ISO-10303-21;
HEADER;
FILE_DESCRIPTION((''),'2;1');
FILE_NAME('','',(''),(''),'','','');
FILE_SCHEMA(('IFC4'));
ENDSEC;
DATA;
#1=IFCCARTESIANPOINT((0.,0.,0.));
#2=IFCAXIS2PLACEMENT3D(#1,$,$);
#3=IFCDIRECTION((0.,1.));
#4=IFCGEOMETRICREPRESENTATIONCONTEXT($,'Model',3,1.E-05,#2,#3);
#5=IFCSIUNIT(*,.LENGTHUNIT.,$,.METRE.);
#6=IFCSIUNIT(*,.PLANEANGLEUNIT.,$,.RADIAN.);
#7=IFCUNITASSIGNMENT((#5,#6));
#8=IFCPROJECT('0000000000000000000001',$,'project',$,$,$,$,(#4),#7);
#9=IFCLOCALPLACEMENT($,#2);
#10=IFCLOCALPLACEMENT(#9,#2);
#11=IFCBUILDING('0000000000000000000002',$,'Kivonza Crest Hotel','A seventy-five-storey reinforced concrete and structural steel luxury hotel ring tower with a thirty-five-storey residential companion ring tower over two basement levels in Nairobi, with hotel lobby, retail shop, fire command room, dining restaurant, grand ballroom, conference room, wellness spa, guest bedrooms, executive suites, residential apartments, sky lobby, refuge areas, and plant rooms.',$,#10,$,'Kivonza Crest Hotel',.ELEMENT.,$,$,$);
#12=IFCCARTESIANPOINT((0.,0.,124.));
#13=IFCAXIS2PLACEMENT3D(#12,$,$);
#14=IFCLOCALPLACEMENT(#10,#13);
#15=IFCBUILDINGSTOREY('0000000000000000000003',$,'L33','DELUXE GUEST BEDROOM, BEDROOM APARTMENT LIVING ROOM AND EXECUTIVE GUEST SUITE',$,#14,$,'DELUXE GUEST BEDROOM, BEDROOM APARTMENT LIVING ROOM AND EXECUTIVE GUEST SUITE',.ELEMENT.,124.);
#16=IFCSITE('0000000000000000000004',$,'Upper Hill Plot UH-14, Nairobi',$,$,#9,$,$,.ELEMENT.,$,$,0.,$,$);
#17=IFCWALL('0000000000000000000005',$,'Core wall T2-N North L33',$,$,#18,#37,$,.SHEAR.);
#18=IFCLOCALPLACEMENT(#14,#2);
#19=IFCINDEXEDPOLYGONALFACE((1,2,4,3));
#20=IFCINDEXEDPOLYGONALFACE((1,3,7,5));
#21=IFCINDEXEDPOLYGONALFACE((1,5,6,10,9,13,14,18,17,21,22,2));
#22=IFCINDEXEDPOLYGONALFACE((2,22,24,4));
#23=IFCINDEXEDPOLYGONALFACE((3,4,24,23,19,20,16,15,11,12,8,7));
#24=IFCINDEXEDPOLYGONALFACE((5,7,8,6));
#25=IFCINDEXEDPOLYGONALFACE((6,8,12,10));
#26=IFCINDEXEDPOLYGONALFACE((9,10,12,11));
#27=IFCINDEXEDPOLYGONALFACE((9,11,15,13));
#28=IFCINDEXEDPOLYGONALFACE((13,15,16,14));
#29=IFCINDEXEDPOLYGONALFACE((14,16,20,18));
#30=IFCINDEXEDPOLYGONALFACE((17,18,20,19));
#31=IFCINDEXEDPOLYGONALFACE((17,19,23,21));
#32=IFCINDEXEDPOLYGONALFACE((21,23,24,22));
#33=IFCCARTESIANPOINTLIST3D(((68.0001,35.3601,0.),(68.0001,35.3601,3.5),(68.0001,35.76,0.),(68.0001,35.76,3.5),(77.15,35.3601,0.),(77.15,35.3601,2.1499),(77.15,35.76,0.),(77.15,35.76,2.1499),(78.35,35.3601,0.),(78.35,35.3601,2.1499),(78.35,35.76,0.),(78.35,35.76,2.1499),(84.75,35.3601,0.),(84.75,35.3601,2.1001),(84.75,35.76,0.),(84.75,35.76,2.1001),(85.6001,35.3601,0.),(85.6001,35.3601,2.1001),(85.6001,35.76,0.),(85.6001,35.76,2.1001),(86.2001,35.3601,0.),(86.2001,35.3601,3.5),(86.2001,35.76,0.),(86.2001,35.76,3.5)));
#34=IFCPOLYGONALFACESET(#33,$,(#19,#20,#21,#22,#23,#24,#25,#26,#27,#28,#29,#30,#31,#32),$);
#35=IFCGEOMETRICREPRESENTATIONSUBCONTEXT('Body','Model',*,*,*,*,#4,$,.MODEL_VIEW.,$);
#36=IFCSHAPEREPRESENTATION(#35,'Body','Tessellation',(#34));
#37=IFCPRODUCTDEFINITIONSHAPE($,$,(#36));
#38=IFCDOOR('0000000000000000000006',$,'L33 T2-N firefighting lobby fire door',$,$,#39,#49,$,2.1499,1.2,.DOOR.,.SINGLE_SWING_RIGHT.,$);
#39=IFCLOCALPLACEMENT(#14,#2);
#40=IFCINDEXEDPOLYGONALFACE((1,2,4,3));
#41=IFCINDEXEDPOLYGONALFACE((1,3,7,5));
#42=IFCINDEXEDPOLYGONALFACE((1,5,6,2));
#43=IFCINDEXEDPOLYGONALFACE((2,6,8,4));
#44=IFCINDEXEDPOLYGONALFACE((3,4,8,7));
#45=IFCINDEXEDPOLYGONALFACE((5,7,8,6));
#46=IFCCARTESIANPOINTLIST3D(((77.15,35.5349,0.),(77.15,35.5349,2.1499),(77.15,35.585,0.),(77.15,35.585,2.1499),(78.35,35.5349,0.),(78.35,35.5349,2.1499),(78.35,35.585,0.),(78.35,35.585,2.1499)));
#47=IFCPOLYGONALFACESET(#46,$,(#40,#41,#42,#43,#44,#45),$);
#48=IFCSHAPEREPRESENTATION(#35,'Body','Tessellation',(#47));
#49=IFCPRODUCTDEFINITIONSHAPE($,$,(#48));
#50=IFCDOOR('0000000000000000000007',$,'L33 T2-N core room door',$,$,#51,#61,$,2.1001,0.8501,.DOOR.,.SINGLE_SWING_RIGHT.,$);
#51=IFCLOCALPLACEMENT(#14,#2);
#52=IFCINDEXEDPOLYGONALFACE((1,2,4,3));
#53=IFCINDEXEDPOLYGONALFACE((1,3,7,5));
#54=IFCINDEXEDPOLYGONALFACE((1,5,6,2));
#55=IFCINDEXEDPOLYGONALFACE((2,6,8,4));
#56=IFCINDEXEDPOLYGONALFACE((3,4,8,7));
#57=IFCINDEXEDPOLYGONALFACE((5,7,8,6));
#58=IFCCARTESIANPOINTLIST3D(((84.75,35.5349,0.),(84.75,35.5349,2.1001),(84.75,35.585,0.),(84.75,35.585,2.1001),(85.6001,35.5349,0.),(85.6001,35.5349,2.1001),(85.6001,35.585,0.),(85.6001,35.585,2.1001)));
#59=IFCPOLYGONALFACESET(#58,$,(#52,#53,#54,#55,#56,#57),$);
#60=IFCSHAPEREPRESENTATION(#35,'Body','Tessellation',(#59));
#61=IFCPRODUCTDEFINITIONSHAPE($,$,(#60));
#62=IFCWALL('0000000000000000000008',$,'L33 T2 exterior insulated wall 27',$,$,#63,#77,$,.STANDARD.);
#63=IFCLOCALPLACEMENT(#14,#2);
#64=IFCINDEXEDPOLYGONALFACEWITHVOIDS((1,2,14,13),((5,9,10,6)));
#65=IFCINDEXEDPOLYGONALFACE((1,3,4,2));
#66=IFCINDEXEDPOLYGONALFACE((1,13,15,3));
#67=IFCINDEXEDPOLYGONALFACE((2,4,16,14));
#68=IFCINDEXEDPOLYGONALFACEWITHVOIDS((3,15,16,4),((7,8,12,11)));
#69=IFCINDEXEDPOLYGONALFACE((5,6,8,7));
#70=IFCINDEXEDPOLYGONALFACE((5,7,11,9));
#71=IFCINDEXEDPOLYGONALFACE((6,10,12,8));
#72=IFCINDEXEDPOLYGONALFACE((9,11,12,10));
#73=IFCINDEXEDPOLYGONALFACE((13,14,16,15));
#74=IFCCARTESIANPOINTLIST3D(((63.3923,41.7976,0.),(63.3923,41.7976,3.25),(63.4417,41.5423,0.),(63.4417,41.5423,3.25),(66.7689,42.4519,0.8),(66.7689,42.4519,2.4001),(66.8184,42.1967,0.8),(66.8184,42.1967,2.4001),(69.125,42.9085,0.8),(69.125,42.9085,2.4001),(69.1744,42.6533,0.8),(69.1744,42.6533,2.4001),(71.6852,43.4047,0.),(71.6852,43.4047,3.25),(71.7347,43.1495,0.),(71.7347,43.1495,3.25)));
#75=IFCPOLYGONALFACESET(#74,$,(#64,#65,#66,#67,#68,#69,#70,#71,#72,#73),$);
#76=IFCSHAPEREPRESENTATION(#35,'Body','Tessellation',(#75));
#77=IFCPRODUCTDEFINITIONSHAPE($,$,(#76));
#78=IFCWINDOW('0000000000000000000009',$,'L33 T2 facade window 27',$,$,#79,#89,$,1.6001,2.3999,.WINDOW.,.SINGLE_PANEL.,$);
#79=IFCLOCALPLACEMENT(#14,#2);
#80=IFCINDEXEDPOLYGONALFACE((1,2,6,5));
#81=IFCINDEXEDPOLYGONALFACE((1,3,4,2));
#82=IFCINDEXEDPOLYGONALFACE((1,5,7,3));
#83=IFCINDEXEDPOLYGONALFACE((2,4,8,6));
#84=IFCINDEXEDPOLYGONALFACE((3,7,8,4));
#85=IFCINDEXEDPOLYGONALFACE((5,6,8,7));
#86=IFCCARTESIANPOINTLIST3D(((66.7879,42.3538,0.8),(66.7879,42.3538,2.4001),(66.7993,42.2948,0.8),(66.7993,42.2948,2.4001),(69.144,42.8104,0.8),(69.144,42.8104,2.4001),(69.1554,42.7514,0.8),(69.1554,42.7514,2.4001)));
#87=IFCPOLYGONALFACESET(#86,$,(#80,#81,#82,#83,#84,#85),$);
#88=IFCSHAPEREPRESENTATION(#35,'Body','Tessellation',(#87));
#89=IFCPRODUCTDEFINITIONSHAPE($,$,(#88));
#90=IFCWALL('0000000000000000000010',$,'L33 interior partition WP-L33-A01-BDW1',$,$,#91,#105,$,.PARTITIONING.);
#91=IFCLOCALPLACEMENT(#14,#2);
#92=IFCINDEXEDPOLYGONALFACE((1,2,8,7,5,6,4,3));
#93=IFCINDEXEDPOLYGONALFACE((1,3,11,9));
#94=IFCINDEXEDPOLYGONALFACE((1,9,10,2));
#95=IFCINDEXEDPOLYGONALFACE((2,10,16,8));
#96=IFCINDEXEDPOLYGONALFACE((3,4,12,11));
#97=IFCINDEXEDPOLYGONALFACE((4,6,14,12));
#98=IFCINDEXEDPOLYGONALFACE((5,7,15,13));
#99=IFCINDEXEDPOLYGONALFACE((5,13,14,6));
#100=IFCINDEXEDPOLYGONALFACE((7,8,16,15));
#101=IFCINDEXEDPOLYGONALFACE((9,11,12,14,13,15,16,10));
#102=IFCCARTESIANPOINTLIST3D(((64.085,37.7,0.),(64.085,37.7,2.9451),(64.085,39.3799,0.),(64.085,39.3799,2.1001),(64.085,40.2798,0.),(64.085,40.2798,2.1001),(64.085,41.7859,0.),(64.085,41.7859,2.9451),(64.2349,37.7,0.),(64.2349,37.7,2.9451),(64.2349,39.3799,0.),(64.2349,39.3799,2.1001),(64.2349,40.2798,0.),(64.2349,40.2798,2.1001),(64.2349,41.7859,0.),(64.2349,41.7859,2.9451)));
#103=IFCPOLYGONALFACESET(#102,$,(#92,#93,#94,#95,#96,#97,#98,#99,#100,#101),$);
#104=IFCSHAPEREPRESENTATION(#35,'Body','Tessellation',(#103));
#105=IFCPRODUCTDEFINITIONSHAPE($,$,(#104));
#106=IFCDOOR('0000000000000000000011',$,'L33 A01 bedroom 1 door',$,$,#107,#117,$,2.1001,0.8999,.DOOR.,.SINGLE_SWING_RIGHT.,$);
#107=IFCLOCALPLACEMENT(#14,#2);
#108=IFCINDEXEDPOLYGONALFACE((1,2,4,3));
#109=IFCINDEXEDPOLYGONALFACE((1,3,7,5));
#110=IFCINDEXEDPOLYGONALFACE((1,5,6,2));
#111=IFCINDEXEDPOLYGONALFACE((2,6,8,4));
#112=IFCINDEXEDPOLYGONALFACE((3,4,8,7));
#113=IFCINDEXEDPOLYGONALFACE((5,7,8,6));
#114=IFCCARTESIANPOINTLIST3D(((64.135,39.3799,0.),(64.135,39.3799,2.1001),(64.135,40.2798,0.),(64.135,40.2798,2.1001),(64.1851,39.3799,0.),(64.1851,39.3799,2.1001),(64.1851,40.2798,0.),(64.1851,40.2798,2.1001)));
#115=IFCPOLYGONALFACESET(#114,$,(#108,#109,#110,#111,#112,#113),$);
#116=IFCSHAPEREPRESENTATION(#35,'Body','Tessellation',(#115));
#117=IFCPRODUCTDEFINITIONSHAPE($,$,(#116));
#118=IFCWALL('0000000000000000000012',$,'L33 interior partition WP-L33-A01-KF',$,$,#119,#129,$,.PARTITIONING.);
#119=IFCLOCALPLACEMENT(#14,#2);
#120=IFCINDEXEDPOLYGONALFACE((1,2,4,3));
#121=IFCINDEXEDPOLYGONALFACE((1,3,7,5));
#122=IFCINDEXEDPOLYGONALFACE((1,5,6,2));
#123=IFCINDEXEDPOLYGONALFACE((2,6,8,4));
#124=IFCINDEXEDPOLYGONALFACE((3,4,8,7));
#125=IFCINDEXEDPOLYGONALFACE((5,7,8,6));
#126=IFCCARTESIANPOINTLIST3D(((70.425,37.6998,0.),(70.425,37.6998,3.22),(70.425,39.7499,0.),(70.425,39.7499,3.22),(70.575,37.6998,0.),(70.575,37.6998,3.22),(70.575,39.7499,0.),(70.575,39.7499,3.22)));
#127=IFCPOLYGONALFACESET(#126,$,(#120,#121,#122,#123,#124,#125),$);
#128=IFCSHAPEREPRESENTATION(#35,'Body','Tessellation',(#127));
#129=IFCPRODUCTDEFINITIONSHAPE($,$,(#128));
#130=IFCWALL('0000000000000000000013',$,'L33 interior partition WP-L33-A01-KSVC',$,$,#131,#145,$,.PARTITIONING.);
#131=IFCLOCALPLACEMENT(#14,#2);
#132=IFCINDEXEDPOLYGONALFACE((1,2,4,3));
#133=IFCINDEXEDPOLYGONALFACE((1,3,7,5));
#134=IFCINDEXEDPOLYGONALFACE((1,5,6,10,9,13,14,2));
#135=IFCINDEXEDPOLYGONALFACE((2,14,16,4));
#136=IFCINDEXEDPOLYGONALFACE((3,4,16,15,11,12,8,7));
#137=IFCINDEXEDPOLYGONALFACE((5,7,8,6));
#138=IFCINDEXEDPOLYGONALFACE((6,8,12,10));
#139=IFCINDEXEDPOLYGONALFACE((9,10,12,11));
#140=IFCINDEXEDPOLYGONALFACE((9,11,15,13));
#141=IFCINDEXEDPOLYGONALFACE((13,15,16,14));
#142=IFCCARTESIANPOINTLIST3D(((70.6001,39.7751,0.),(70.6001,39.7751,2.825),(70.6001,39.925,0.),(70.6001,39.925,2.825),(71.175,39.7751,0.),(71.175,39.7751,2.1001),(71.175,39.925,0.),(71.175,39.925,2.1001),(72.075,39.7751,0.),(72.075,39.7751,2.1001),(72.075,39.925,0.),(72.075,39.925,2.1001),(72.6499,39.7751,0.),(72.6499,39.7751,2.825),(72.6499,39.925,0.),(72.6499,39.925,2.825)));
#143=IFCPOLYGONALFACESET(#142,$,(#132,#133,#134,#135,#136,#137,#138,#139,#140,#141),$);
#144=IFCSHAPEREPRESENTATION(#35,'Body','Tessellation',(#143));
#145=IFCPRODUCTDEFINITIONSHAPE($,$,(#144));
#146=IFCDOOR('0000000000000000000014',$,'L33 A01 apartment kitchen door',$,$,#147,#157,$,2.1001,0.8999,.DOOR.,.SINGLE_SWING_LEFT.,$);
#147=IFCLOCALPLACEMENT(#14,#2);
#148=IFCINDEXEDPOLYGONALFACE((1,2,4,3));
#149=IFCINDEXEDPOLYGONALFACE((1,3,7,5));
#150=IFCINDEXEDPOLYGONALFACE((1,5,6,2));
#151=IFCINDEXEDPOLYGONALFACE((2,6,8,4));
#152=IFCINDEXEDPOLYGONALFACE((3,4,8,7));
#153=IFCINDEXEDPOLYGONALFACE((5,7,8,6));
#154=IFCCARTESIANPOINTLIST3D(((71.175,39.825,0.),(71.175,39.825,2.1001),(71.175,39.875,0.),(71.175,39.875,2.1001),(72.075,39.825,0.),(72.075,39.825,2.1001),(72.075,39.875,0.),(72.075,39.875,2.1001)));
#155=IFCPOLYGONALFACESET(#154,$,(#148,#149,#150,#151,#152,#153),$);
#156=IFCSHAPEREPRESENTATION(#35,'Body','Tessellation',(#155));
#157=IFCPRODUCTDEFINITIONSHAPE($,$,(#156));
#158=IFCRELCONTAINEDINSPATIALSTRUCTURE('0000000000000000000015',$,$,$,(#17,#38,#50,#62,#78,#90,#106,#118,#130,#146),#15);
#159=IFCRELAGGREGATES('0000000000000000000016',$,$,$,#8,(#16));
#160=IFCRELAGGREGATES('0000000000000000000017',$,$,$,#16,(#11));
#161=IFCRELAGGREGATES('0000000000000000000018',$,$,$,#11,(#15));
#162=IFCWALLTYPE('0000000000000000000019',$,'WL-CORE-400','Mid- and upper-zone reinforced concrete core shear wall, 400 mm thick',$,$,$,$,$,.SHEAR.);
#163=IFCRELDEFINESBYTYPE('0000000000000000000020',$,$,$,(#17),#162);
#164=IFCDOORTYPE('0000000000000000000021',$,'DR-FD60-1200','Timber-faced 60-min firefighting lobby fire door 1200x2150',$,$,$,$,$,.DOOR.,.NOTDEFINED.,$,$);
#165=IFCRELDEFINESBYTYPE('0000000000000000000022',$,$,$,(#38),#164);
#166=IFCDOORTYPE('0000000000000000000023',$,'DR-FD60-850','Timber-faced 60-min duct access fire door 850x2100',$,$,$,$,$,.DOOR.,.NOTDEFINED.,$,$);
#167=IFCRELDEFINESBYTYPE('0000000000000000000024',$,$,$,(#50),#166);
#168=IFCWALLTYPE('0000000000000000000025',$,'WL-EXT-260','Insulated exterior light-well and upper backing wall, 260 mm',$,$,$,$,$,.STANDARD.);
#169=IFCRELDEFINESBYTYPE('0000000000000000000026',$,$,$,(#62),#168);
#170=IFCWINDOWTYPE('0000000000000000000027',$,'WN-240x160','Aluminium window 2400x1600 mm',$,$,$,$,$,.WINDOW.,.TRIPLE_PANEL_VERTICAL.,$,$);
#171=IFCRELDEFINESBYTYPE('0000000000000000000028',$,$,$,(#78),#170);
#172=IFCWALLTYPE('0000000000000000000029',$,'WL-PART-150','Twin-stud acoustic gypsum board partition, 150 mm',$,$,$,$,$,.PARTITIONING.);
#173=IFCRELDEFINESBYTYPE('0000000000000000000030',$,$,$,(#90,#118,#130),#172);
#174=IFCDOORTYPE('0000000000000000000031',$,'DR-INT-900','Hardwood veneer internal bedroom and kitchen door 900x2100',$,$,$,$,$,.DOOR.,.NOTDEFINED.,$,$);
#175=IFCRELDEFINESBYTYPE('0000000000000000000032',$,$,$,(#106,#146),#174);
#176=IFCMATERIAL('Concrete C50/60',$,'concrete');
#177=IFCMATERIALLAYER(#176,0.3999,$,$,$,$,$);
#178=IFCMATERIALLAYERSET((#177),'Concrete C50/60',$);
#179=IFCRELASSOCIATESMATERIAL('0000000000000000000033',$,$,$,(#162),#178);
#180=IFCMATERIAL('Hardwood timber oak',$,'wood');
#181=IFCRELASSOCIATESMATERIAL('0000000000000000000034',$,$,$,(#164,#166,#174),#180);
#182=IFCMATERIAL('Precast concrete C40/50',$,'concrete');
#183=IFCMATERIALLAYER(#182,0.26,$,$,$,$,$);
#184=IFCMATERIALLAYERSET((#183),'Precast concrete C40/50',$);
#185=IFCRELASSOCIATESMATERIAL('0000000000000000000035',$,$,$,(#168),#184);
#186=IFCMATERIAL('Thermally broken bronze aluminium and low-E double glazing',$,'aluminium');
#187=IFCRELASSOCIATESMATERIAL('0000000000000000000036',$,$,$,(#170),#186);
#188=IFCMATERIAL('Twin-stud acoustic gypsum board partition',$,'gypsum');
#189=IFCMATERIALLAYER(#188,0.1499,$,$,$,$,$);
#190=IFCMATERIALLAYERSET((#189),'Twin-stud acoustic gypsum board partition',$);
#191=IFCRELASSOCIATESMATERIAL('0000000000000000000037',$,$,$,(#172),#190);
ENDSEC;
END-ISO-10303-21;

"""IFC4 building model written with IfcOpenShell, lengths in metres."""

from ifc_helpers import new_model, si_unit, direction, frame, frame_2d, origin, place, context, subcontext, project, spatial, rectangle, extrude, material, layer, layer_set, type_object, element, fill, save


model = new_model("IFC4")

# Units and contexts
model_context = context("Model", 3, precision=1e-05, world=origin(), true_north=direction((0.0, 1.0)))
body_context = subcontext(model_context, "Body", "Model", "MODEL_VIEW")
ifc_project = project(units=[si_unit("LENGTHUNIT", "METRE"), si_unit("PLANEANGLEUNIT", "RADIAN")], contexts=[model_context])

# Site, building, storey
site_placement = place(None, origin())
site = spatial("IfcSite", under=ifc_project, at=site_placement, Name="Upper Hill Plot UH-14, Nairobi", CompositionType="ELEMENT", RefElevation=0.0)
building_placement = place(site_placement, origin())
building = spatial("IfcBuilding", under=site, at=building_placement, Name="Kivonza Crest Hotel", Description="A seventy-five-storey reinforced concrete and structural steel luxury hotel ring tower with a thirty-five-storey residential companion ring tower over two basement levels in Nairobi, with hotel lobby, retail shop, fire command room, dining restaurant, grand ballroom, conference room, wellness spa, guest bedrooms, executive suites, residential apartments, sky lobby, refuge areas, and plant rooms.", LongName="Kivonza Crest Hotel", CompositionType="ELEMENT")
storey_placement = place(building_placement, frame((0.0, 0.0, 124.0)))
storey = spatial("IfcBuildingStorey", under=building, at=storey_placement, Name="L33", Description="DELUXE GUEST BEDROOM, BEDROOM APARTMENT LIVING ROOM AND EXECUTIVE GUEST SUITE", LongName="DELUXE GUEST BEDROOM, BEDROOM APARTMENT LIVING ROOM AND EXECUTIVE GUEST SUITE", CompositionType="ELEMENT", Elevation=124.0)

# Shared definitions
ifc_material_1 = material(Name="Concrete C50/60", Category="concrete")

# Shared definitions
ifc_material_2 = material(Name="Hardwood timber oak", Category="wood")

# Wall, openings, doors
ifc_layer_1 = layer(ifc_material_1, 0.3999)
ifc_layer_set_1 = layer_set([ifc_layer_1], Name="Concrete C50/60")
wall_type_1 = type_object("IfcWallType", Name="WL-CORE-400", Description="Mid- and upper-zone reinforced concrete core shear wall, 400 mm thick", PredefinedType="SHEAR", material=ifc_layer_set_1)
wall_1_placement = place(storey_placement, frame((68.0, 35.5601, 0.0), z_axis=(0.0, 0.0, 1.0), x_axis=(1.0, 0.0, 0.0)))
wall_1 = element("IfcWall", 1, at=wall_1_placement, inside=storey, type_object=wall_type_1, Name="Core wall T2-N North L33", PredefinedType="SHEAR", context=body_context, shape_type="SweptSolid", body=[
    extrude(rectangle(XDim=18.2, YDim=0.3999, at=frame_2d((9.1001, 0.0))), origin(), (0.0, 0.0, 1.0), 3.5),
])
opening_1_placement = place(wall_1_placement, frame((9.1499, 0.0, 0.0)))
opening_1 = element("IfcOpeningElement", 2, at=opening_1_placement, cuts=wall_1, PredefinedType="OPENING", context=body_context, shape_type="SweptSolid", body=[
    extrude(rectangle(XDim=1.2, YDim=2.1499, at=frame_2d((0.6001, 1.075))), frame((0.0, 0.21, 0.0), z_axis=(0.0, -1.0, 0.0), x_axis=(1.0, 0.0, 0.0)), (0.0, 0.0, 1.0), 0.4199),
])
opening_2_placement = place(wall_1_placement, frame((16.75, 0.0, 0.0)))
opening_2 = element("IfcOpeningElement", 3, at=opening_2_placement, cuts=wall_1, PredefinedType="OPENING", context=body_context, shape_type="SweptSolid", body=[
    extrude(rectangle(XDim=0.8501, YDim=2.1001, at=frame_2d((0.425, 1.05))), frame((0.0, 0.21, 0.0), z_axis=(0.0, -1.0, 0.0), x_axis=(1.0, 0.0, 0.0)), (0.0, 0.0, 1.0), 0.4199),
])
door_type_1 = type_object("IfcDoorType", Name="DR-FD60-1200", Description="Timber-faced 60-min firefighting lobby fire door 1200x2150", OperationType="NOTDEFINED", PredefinedType="DOOR", material=ifc_material_2)
door_1_placement = place(opening_1_placement, origin())
door_1 = element("IfcDoor", 4, at=door_1_placement, inside=storey, type_object=door_type_1, Name="L33 T2-N firefighting lobby fire door", OperationType="SINGLE_SWING_RIGHT", OverallHeight=2.1499, OverallWidth=1.2, PredefinedType="DOOR", context=body_context, shape_type="SweptSolid", body=[
    extrude(rectangle(XDim=1.2, YDim=2.1499, at=frame_2d((0.6001, 1.075))), frame((0.0, 0.0249, 0.0), z_axis=(0.0, -1.0, 0.0), x_axis=(1.0, 0.0, 0.0)), (0.0, 0.0, 1.0), 0.05),
])
fill(opening_1, door_1)
door_type_2 = type_object("IfcDoorType", Name="DR-FD60-850", Description="Timber-faced 60-min duct access fire door 850x2100", OperationType="NOTDEFINED", PredefinedType="DOOR", material=ifc_material_2)
door_2_placement = place(opening_2_placement, origin())
door_2 = element("IfcDoor", 5, at=door_2_placement, inside=storey, type_object=door_type_2, Name="L33 T2-N core room door", OperationType="SINGLE_SWING_RIGHT", OverallHeight=2.1001, OverallWidth=0.8501, PredefinedType="DOOR", context=body_context, shape_type="SweptSolid", body=[
    extrude(rectangle(XDim=0.8501, YDim=2.1001, at=frame_2d((0.425, 1.05))), frame((0.0, 0.0249, 0.0), z_axis=(0.0, -1.0, 0.0), x_axis=(1.0, 0.0, 0.0)), (0.0, 0.0, 1.0), 0.05),
])
fill(opening_2, door_2)

# Wall, opening, window
ifc_material_3 = material(Name="Precast concrete C40/50", Category="concrete")
ifc_layer_2 = layer(ifc_material_3, 0.26)
ifc_layer_set_2 = layer_set([ifc_layer_2], Name="Precast concrete C40/50")
wall_type_2 = type_object("IfcWallType", Name="WL-EXT-260", Description="Insulated exterior light-well and upper backing wall, 260 mm", PredefinedType="STANDARD", material=ifc_layer_set_2)
wall_2_placement = place(storey_placement, frame((71.71, 43.2771, 0.0), z_axis=(0.0, 0.0, 1.0), x_axis=(-0.981734, -0.19026, 0.0)))
wall_2 = element("IfcWall", 6, at=wall_2_placement, inside=storey, type_object=wall_type_2, Name="L33 T2 exterior insulated wall 27", PredefinedType="STANDARD", context=body_context, shape_type="SweptSolid", body=[
    extrude(rectangle(XDim=8.4473, YDim=0.26, at=frame_2d((4.2236, 0.0))), origin(), (0.0, 0.0, 1.0), 3.25),
])
opening_3_placement = place(wall_2_placement, frame((2.6079, 0.0, 0.8)))
opening_3 = element("IfcOpeningElement", 7, at=opening_3_placement, cuts=wall_2, PredefinedType="OPENING", context=body_context, shape_type="SweptSolid", body=[
    extrude(rectangle(XDim=2.3999, YDim=1.6001, at=frame_2d((1.2, 0.8))), frame((0.0, 0.1401, 0.0), z_axis=(0.0, -1.0, 0.0), x_axis=(1.0, 0.0, 0.0)), (0.0, 0.0, 1.0), 0.28),
])
ifc_material_4 = material(Name="Thermally broken bronze aluminium and low-E double glazing", Category="aluminium")
window_type = type_object("IfcWindowType", Name="WN-240x160", Description="Aluminium window 2400x1600 mm", PartitioningType="TRIPLE_PANEL_VERTICAL", PredefinedType="WINDOW", material=ifc_material_4)
window_placement = place(opening_3_placement, origin())
window = element("IfcWindow", 8, at=window_placement, inside=storey, type_object=window_type, Name="L33 T2 facade window 27", OverallHeight=1.6001, OverallWidth=2.3999, PartitioningType="SINGLE_PANEL", PredefinedType="WINDOW", context=body_context, shape_type="SweptSolid", body=[
    extrude(rectangle(XDim=2.3999, YDim=1.6001, at=frame_2d((1.2, 0.8))), frame((0.0, 0.03, 0.0), z_axis=(0.0, -1.0, 0.0), x_axis=(1.0, 0.0, 0.0)), (0.0, 0.0, 1.0), 0.0601),
])
fill(opening_3, window)

# Wall, opening, door
ifc_material_5 = material(Name="Twin-stud acoustic gypsum board partition", Category="gypsum")
ifc_layer_3 = layer(ifc_material_5, 0.1499)
ifc_layer_set_3 = layer_set([ifc_layer_3], Name="Twin-stud acoustic gypsum board partition")
wall_type_3 = type_object("IfcWallType", Name="WL-PART-150", Description="Twin-stud acoustic gypsum board partition, 150 mm", PredefinedType="PARTITIONING", material=ifc_layer_set_3)
wall_3_placement = place(storey_placement, frame((64.1599, 37.7, 0.0), z_axis=(0.0, 0.0, 1.0), x_axis=(0.0, 1.0, 0.0)))
wall_3 = element("IfcWall", 9, at=wall_3_placement, inside=storey, type_object=wall_type_3, Name="L33 interior partition WP-L33-A01-BDW1", PredefinedType="PARTITIONING", context=body_context, shape_type="SweptSolid", body=[
    extrude(rectangle(XDim=4.0859, YDim=0.1499, at=frame_2d((2.043, 0.0))), origin(), (0.0, 0.0, 1.0), 2.9451),
])
opening_4_placement = place(wall_3_placement, frame((1.6799, 0.0, 0.0)))
opening_4 = element("IfcOpeningElement", 10, at=opening_4_placement, cuts=wall_3, PredefinedType="OPENING", context=body_context, shape_type="SweptSolid", body=[
    extrude(rectangle(XDim=0.8999, YDim=2.1001, at=frame_2d((0.45, 1.05))), frame((0.0, 0.085, 0.0), z_axis=(0.0, -1.0, 0.0), x_axis=(1.0, 0.0, 0.0)), (0.0, 0.0, 1.0), 0.1699),
])
door_type_3 = type_object("IfcDoorType", Name="DR-INT-900", Description="Hardwood veneer internal bedroom and kitchen door 900x2100", OperationType="NOTDEFINED", PredefinedType="DOOR", material=ifc_material_2)
door_3_placement = place(opening_4_placement, origin())
door_3 = element("IfcDoor", 11, at=door_3_placement, inside=storey, type_object=door_type_3, Name="L33 A01 bedroom 1 door", OperationType="SINGLE_SWING_RIGHT", OverallHeight=2.1001, OverallWidth=0.8999, PredefinedType="DOOR", context=body_context, shape_type="SweptSolid", body=[
    extrude(rectangle(XDim=0.8999, YDim=2.1001, at=frame_2d((0.45, 1.05))), frame((0.0, 0.0249, 0.0), z_axis=(0.0, -1.0, 0.0), x_axis=(1.0, 0.0, 0.0)), (0.0, 0.0, 1.0), 0.05),
])
fill(opening_4, door_3)

# Wall
wall_4_placement = place(storey_placement, frame((70.5, 37.7, 0.0), z_axis=(0.0, 0.0, 1.0), x_axis=(0.0, 1.0, 0.0)))
element("IfcWall", 12, at=wall_4_placement, inside=storey, type_object=wall_type_3, Name="L33 interior partition WP-L33-A01-KF", PredefinedType="PARTITIONING", context=body_context, shape_type="SweptSolid", body=[
    extrude(rectangle(XDim=2.05, YDim=0.1499, at=frame_2d((1.0249, 0.0))), origin(), (0.0, 0.0, 1.0), 3.22),
])

# Wall, opening, door
wall_5_placement = place(storey_placement, frame((70.6001, 39.8501, 0.0), z_axis=(0.0, 0.0, 1.0), x_axis=(1.0, 0.0, 0.0)))
wall_5 = element("IfcWall", 13, at=wall_5_placement, inside=storey, type_object=wall_type_3, Name="L33 interior partition WP-L33-A01-KSVC", PredefinedType="PARTITIONING", context=body_context, shape_type="SweptSolid", body=[
    extrude(rectangle(XDim=2.0498, YDim=0.1499, at=frame_2d((1.0249, 0.0))), origin(), (0.0, 0.0, 1.0), 2.825),
])
opening_5_placement = place(wall_5_placement, frame((0.575, 0.0, 0.0)))
opening_5 = element("IfcOpeningElement", 14, at=opening_5_placement, cuts=wall_5, PredefinedType="OPENING", context=body_context, shape_type="SweptSolid", body=[
    extrude(rectangle(XDim=0.8999, YDim=2.1001, at=frame_2d((0.45, 1.05))), frame((0.0, 0.085, 0.0), z_axis=(0.0, -1.0, 0.0), x_axis=(1.0, 0.0, 0.0)), (0.0, 0.0, 1.0), 0.1699),
])
door_4_placement = place(opening_5_placement, origin())
door_4 = element("IfcDoor", 15, at=door_4_placement, inside=storey, type_object=door_type_3, Name="L33 A01 apartment kitchen door", OperationType="SINGLE_SWING_LEFT", OverallHeight=2.1001, OverallWidth=0.8999, PredefinedType="DOOR", context=body_context, shape_type="SweptSolid", body=[
    extrude(rectangle(XDim=0.8999, YDim=2.1001, at=frame_2d((0.45, 1.05))), frame((0.0, 0.0249, 0.0), z_axis=(0.0, -1.0, 0.0), x_axis=(1.0, 0.0, 0.0)), (0.0, 0.0, 1.0), 0.05),
])
fill(opening_5, door_4)

save(model, "model.ifc")
